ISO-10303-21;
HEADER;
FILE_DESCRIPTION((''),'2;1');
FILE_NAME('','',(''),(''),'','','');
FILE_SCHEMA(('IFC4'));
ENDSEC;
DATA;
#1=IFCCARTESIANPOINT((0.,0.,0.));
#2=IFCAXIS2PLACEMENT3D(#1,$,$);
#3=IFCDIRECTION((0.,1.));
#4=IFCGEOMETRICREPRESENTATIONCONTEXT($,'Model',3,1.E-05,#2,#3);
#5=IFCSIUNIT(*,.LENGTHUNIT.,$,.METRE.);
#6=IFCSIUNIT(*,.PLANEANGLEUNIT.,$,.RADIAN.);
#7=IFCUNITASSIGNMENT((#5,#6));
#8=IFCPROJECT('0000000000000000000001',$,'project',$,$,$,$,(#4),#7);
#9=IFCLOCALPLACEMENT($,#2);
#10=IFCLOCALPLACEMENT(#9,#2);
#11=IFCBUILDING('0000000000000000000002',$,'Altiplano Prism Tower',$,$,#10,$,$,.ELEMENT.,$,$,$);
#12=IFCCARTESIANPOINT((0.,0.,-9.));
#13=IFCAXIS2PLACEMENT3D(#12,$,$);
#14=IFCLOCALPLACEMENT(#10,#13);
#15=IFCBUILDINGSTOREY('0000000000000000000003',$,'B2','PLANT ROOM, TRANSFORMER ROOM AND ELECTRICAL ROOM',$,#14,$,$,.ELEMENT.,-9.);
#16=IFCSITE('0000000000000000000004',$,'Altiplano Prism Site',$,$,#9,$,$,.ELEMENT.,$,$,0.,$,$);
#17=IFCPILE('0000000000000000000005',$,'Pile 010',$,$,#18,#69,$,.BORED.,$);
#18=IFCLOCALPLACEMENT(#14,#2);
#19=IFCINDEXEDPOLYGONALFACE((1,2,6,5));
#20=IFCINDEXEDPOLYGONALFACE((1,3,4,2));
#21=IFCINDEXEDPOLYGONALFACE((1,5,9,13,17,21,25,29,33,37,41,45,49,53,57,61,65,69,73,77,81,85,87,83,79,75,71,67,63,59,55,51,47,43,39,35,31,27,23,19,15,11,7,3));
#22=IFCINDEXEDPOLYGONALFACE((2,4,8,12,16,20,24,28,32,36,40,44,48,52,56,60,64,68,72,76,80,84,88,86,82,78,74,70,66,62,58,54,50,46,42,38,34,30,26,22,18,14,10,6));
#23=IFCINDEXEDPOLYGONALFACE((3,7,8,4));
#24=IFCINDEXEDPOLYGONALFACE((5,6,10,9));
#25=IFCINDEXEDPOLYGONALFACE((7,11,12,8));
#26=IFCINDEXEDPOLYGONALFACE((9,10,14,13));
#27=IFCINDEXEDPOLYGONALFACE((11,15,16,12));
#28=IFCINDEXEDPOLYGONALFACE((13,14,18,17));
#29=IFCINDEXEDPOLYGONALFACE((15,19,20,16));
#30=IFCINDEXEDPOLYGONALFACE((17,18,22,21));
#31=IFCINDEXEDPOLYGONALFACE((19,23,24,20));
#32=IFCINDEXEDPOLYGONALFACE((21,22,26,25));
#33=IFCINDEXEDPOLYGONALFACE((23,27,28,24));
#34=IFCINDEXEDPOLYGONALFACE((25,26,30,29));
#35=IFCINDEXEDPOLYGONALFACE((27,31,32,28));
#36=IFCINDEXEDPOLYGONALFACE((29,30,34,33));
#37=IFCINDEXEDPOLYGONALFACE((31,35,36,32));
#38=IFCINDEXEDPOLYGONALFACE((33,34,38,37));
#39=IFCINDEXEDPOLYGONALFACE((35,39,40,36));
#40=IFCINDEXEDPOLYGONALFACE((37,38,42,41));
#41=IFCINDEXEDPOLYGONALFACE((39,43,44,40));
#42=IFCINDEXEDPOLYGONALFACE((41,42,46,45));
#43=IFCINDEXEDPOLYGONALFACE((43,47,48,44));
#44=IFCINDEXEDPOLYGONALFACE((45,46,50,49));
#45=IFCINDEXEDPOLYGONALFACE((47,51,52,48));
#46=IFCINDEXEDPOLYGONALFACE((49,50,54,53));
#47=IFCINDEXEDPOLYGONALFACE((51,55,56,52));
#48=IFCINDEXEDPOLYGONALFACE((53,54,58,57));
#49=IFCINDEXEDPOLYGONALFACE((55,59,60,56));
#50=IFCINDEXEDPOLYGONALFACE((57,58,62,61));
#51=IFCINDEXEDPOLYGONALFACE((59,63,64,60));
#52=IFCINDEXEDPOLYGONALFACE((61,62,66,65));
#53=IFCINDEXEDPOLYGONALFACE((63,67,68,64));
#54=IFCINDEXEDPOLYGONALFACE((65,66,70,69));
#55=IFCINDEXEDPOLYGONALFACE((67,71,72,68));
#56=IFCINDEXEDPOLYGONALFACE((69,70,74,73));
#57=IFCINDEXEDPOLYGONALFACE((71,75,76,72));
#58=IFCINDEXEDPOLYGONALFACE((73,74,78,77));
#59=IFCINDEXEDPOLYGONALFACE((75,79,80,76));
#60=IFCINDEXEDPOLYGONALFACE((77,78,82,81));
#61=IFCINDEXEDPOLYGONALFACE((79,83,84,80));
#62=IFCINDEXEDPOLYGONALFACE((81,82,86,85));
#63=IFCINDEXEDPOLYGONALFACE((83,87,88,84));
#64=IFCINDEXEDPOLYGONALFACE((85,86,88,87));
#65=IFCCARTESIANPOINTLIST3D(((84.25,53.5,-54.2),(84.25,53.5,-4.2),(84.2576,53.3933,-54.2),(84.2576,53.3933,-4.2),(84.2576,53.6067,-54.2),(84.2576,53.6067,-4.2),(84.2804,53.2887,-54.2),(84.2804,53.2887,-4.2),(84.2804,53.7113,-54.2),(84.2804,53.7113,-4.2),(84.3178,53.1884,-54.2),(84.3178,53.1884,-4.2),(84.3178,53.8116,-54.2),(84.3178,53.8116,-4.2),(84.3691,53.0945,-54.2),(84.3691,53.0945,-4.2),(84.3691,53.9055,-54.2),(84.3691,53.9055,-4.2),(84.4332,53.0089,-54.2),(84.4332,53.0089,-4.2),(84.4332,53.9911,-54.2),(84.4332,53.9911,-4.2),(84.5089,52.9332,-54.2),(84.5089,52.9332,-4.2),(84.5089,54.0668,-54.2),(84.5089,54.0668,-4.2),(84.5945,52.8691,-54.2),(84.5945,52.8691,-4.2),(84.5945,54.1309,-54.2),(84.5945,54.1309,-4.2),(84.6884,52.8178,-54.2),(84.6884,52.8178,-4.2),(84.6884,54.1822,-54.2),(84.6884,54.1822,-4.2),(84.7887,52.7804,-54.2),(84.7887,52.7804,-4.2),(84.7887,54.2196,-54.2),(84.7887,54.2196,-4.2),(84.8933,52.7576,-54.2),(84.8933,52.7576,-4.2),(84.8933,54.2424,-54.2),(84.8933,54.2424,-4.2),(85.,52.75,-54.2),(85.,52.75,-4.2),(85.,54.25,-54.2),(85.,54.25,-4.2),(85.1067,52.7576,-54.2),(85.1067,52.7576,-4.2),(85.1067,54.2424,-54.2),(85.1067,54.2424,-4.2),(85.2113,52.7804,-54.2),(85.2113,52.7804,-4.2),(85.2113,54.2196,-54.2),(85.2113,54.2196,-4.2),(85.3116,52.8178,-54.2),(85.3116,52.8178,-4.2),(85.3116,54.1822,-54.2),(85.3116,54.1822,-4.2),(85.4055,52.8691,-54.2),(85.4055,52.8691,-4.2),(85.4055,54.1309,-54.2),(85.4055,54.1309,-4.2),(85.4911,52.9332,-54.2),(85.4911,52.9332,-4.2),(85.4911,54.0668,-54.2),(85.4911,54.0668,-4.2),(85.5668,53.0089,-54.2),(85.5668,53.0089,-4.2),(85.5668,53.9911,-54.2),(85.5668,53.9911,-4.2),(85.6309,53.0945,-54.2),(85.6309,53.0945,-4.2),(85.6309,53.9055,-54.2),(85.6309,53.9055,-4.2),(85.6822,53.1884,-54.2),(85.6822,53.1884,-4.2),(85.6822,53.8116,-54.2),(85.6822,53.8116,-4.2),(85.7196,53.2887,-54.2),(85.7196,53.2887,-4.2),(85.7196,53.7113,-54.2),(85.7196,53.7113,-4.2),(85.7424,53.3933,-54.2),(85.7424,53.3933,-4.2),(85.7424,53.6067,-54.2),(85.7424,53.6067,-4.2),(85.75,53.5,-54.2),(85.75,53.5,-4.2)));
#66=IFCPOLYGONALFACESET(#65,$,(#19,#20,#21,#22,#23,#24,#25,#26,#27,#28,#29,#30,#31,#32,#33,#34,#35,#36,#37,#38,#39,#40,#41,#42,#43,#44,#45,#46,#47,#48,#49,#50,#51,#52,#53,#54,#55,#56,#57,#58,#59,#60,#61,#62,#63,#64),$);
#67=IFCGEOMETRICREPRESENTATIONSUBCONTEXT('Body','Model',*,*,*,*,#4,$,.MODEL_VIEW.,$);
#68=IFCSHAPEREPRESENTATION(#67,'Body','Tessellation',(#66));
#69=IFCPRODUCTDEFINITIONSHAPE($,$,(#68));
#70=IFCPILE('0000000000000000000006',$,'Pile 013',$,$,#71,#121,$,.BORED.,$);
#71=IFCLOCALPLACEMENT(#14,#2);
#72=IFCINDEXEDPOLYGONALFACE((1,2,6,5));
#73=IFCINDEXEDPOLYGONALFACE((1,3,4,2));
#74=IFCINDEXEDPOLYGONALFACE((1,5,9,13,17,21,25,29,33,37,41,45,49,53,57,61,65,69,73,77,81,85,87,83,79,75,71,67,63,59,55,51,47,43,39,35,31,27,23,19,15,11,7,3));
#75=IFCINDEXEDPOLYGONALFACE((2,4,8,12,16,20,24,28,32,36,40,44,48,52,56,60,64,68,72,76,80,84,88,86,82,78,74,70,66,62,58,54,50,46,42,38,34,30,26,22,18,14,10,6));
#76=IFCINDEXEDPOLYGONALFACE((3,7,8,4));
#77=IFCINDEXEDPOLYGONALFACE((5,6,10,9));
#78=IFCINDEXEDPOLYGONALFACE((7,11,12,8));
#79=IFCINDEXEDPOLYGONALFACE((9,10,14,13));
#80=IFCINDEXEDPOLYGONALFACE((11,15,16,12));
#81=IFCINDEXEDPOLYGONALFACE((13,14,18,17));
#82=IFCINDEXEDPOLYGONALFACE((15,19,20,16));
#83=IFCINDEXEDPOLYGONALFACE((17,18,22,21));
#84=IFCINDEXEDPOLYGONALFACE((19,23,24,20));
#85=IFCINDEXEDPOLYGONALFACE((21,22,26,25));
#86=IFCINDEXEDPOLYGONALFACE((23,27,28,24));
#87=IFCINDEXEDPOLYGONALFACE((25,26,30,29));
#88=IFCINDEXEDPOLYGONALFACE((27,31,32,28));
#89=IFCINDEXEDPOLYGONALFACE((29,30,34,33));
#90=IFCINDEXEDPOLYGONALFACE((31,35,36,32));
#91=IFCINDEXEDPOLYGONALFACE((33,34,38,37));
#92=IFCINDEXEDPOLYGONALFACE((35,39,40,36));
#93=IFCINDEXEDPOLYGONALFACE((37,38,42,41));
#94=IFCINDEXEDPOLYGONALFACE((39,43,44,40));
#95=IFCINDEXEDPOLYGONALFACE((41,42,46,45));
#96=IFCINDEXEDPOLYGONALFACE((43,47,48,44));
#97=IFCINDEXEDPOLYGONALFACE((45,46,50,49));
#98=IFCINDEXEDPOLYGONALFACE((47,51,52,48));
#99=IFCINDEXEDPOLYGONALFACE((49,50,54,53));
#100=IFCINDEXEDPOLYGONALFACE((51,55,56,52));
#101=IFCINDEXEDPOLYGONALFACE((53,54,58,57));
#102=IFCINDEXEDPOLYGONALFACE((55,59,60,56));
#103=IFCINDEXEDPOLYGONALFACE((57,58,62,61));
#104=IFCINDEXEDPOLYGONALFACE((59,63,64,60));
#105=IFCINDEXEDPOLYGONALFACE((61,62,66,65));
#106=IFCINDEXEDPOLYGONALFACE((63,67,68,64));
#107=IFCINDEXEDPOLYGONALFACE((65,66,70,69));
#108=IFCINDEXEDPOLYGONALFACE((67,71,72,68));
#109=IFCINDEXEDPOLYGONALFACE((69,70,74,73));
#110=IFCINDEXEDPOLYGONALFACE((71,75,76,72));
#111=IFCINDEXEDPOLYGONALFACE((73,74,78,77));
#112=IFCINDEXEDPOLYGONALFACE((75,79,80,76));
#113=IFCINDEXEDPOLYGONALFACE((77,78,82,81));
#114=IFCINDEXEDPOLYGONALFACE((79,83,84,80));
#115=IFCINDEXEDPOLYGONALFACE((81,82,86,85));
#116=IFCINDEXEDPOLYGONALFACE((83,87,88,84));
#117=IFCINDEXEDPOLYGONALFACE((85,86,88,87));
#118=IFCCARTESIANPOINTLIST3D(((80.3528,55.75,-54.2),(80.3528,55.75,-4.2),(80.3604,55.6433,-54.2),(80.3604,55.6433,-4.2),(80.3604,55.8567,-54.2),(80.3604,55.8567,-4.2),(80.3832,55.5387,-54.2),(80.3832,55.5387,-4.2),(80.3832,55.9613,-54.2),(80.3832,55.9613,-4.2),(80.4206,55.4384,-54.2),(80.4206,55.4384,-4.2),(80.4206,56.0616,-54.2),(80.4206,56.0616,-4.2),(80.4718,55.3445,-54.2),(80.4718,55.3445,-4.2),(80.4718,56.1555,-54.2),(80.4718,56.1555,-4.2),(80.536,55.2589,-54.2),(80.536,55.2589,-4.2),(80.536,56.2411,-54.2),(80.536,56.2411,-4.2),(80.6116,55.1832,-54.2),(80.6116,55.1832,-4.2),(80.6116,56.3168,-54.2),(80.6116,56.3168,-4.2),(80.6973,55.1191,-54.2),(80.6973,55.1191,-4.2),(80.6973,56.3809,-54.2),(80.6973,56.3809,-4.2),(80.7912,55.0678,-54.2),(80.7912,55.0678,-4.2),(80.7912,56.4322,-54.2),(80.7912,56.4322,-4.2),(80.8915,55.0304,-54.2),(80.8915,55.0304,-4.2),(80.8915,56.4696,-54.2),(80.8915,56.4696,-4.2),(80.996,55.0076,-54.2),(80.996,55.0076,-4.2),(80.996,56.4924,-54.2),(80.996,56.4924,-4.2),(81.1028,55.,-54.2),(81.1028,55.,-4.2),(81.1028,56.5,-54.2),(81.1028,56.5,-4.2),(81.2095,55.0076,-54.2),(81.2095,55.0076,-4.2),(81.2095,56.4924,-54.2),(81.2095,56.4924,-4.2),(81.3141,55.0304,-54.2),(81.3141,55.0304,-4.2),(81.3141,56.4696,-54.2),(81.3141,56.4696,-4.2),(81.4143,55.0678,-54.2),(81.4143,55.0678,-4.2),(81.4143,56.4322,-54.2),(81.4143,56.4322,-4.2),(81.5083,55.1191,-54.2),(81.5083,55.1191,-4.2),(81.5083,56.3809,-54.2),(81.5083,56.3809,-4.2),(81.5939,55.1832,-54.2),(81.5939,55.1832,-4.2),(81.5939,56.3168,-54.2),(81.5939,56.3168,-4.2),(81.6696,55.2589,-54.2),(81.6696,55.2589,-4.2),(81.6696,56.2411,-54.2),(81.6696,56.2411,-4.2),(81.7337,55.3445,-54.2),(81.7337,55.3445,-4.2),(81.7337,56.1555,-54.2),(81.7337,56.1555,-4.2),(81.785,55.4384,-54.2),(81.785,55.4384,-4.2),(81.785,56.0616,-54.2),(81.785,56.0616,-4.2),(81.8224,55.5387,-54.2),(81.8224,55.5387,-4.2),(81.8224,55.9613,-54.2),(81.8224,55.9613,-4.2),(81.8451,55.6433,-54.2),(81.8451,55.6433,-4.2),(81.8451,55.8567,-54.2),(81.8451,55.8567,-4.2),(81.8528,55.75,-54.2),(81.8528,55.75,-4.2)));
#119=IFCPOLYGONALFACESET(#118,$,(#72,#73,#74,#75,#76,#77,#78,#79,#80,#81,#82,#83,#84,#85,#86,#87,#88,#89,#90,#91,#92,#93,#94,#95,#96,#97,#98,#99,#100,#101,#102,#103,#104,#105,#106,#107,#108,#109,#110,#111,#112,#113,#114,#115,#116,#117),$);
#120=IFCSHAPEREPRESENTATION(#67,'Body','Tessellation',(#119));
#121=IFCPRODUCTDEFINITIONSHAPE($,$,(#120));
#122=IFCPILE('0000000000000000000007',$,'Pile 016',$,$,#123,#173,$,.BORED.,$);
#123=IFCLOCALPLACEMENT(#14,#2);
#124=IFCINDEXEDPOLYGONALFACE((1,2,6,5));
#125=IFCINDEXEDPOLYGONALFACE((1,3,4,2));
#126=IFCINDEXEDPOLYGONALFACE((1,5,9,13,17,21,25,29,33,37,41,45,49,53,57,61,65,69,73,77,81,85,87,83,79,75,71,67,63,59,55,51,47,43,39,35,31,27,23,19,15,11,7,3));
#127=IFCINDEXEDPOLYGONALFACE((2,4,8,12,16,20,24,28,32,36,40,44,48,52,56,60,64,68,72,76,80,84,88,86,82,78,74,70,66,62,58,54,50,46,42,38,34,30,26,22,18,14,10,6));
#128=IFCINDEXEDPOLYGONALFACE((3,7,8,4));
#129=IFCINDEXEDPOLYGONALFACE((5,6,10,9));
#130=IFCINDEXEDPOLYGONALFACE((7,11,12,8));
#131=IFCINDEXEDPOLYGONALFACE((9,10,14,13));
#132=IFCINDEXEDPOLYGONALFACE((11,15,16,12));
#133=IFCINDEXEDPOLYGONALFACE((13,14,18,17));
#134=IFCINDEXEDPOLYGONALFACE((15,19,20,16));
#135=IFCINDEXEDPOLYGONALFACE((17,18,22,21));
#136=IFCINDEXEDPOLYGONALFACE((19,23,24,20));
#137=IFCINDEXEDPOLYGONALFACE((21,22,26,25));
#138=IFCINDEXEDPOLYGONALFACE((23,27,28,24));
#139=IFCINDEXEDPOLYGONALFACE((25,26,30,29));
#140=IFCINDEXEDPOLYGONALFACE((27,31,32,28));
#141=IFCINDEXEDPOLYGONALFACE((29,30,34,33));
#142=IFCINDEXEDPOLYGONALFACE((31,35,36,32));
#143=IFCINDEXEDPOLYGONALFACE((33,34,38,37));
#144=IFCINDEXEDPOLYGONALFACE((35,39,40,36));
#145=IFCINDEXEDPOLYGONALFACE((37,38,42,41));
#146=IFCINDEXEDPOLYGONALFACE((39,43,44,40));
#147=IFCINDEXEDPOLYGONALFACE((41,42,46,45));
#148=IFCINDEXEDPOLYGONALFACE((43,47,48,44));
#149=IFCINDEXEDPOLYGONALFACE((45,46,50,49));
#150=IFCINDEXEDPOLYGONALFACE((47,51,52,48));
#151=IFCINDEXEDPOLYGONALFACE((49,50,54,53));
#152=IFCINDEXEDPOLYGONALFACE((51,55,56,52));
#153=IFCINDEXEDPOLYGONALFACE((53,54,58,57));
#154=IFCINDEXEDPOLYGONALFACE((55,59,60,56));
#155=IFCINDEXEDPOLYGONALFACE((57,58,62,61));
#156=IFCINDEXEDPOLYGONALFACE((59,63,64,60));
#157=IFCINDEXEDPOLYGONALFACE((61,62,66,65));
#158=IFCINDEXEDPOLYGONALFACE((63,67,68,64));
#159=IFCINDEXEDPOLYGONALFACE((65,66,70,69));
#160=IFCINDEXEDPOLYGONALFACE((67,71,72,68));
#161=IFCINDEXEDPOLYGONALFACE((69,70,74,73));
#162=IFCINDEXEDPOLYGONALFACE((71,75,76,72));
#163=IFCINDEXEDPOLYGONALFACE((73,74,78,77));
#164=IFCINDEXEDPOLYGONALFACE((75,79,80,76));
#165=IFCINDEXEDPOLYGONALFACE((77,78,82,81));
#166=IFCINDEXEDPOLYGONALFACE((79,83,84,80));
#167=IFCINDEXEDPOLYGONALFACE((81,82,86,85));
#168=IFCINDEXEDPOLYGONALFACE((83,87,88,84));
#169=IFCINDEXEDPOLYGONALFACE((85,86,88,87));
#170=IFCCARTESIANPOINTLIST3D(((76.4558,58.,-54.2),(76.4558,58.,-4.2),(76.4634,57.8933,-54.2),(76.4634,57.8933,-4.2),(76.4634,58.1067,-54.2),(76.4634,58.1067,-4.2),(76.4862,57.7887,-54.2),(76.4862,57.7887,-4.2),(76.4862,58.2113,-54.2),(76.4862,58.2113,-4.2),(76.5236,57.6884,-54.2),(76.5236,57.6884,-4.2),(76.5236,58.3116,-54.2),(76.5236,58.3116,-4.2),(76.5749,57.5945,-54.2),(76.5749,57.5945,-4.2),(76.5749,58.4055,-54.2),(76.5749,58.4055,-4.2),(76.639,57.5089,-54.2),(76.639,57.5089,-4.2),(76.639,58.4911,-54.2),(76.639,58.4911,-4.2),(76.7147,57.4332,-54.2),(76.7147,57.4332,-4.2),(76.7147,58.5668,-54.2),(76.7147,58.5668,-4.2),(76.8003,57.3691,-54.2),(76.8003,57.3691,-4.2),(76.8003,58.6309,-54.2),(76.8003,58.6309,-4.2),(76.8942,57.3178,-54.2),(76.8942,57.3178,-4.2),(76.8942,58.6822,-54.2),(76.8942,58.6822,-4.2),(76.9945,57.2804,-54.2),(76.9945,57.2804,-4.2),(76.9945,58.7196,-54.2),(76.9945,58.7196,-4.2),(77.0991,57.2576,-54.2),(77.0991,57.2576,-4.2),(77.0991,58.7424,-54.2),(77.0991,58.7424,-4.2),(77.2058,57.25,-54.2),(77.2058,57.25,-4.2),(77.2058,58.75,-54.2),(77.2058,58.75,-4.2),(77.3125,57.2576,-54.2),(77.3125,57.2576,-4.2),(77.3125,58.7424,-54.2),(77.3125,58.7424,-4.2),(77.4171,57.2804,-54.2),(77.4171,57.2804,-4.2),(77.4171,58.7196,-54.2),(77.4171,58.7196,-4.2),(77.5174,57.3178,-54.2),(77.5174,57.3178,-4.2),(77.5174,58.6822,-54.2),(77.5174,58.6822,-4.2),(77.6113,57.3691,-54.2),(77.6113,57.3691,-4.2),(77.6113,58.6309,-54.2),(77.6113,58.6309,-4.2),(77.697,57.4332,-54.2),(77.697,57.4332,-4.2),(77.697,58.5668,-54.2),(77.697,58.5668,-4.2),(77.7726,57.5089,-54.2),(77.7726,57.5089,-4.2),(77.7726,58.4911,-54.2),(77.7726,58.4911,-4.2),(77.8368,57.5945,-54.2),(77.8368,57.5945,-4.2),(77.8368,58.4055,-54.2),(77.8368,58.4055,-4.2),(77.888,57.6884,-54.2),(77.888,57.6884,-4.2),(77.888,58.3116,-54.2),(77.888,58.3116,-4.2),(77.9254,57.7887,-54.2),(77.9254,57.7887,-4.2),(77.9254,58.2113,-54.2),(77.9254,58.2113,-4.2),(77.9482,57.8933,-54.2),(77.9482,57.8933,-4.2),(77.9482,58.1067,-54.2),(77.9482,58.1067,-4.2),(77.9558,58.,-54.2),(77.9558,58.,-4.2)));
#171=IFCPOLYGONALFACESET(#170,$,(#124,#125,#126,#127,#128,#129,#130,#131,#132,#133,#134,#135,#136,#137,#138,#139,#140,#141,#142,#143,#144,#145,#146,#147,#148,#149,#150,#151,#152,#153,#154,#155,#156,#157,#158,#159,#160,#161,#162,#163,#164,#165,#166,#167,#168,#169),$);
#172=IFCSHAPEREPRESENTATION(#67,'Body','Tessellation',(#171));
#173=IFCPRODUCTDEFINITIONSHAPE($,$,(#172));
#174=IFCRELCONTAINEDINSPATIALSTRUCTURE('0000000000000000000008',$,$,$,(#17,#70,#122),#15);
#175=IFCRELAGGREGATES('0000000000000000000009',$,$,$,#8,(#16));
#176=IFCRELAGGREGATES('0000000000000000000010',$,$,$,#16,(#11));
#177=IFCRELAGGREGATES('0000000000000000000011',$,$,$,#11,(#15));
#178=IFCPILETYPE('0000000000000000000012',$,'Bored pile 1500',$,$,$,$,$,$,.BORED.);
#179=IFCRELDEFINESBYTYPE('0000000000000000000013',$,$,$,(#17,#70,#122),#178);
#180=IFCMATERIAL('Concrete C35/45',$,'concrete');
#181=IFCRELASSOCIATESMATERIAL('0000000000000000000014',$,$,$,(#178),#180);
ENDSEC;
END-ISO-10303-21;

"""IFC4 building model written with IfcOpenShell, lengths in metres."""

from ifc_helpers import new_model, si_unit, direction, frame, origin, origin_2d, place, context, subcontext, project, spatial, circle, extrude, material, material_profile, profile_set, type_object, element, save


model = new_model("IFC4")

# Units and contexts
model_context = context("Model", 3, precision=1e-05, world=origin(), true_north=direction((0.0, 1.0)))
body_context = subcontext(model_context, "Body", "Model", "MODEL_VIEW")
ifc_project = project(units=[si_unit("LENGTHUNIT", "METRE"), si_unit("PLANEANGLEUNIT", "RADIAN")], contexts=[model_context])

# Site, building, storey
site_placement = place(None, origin())
site = spatial("IfcSite", under=ifc_project, at=site_placement, Name="Altiplano Prism Site", CompositionType="ELEMENT", RefElevation=0.0)
building_placement = place(site_placement, origin())
building = spatial("IfcBuilding", under=site, at=building_placement, Name="Altiplano Prism Tower", CompositionType="ELEMENT")
storey_placement = place(building_placement, frame((0.0, 0.0, -9.0)))
storey = spatial("IfcBuildingStorey", under=building, at=storey_placement, Name="B2", Description="PLANT ROOM, TRANSFORMER ROOM AND ELECTRICAL ROOM", CompositionType="ELEMENT", Elevation=-9.0)

# Piles
ifc_material_1 = material(Name="Concrete C35/45", Category="concrete")
ifc_material_profile_1 = material_profile(ifc_material_1, circle(Radius=0.75, at=origin_2d()), Name="Bored pile 1500")
ifc_profile_set_1 = profile_set([ifc_material_profile_1], Name="Concrete C35/45")
pile_type = type_object("IfcPileType", Name="Bored pile 1500", PredefinedType="BORED", material=ifc_profile_set_1)
for number, where, z_axis, x_axis, name in (
    (1, (85.0, 53.5, -4.2), (0.0, 0.0, -1.0), (1.0, 0.0, 0.0), "Pile 010"),
    (2, (81.1028, 55.75, -4.2), (0.0, 0.0, -1.0), (1.0, 0.0, 0.0), "Pile 013"),
    (3, (77.2058, 58.0, -4.2), (0.0, 0.0, -1.0), (1.0, 0.0, 0.0), "Pile 016"),
):
    element("IfcPile", number, at=place(storey_placement, frame(where, z_axis=z_axis, x_axis=x_axis)), inside=storey, type_object=pile_type, Name=name, PredefinedType="BORED", context=body_context, shape_type="SweptSolid", body=[
        extrude(circle(Radius=0.75, at=origin_2d()), origin(), (0.0, 0.0, 1.0), 50.0),
    ])

save(model, "model.ifc")
